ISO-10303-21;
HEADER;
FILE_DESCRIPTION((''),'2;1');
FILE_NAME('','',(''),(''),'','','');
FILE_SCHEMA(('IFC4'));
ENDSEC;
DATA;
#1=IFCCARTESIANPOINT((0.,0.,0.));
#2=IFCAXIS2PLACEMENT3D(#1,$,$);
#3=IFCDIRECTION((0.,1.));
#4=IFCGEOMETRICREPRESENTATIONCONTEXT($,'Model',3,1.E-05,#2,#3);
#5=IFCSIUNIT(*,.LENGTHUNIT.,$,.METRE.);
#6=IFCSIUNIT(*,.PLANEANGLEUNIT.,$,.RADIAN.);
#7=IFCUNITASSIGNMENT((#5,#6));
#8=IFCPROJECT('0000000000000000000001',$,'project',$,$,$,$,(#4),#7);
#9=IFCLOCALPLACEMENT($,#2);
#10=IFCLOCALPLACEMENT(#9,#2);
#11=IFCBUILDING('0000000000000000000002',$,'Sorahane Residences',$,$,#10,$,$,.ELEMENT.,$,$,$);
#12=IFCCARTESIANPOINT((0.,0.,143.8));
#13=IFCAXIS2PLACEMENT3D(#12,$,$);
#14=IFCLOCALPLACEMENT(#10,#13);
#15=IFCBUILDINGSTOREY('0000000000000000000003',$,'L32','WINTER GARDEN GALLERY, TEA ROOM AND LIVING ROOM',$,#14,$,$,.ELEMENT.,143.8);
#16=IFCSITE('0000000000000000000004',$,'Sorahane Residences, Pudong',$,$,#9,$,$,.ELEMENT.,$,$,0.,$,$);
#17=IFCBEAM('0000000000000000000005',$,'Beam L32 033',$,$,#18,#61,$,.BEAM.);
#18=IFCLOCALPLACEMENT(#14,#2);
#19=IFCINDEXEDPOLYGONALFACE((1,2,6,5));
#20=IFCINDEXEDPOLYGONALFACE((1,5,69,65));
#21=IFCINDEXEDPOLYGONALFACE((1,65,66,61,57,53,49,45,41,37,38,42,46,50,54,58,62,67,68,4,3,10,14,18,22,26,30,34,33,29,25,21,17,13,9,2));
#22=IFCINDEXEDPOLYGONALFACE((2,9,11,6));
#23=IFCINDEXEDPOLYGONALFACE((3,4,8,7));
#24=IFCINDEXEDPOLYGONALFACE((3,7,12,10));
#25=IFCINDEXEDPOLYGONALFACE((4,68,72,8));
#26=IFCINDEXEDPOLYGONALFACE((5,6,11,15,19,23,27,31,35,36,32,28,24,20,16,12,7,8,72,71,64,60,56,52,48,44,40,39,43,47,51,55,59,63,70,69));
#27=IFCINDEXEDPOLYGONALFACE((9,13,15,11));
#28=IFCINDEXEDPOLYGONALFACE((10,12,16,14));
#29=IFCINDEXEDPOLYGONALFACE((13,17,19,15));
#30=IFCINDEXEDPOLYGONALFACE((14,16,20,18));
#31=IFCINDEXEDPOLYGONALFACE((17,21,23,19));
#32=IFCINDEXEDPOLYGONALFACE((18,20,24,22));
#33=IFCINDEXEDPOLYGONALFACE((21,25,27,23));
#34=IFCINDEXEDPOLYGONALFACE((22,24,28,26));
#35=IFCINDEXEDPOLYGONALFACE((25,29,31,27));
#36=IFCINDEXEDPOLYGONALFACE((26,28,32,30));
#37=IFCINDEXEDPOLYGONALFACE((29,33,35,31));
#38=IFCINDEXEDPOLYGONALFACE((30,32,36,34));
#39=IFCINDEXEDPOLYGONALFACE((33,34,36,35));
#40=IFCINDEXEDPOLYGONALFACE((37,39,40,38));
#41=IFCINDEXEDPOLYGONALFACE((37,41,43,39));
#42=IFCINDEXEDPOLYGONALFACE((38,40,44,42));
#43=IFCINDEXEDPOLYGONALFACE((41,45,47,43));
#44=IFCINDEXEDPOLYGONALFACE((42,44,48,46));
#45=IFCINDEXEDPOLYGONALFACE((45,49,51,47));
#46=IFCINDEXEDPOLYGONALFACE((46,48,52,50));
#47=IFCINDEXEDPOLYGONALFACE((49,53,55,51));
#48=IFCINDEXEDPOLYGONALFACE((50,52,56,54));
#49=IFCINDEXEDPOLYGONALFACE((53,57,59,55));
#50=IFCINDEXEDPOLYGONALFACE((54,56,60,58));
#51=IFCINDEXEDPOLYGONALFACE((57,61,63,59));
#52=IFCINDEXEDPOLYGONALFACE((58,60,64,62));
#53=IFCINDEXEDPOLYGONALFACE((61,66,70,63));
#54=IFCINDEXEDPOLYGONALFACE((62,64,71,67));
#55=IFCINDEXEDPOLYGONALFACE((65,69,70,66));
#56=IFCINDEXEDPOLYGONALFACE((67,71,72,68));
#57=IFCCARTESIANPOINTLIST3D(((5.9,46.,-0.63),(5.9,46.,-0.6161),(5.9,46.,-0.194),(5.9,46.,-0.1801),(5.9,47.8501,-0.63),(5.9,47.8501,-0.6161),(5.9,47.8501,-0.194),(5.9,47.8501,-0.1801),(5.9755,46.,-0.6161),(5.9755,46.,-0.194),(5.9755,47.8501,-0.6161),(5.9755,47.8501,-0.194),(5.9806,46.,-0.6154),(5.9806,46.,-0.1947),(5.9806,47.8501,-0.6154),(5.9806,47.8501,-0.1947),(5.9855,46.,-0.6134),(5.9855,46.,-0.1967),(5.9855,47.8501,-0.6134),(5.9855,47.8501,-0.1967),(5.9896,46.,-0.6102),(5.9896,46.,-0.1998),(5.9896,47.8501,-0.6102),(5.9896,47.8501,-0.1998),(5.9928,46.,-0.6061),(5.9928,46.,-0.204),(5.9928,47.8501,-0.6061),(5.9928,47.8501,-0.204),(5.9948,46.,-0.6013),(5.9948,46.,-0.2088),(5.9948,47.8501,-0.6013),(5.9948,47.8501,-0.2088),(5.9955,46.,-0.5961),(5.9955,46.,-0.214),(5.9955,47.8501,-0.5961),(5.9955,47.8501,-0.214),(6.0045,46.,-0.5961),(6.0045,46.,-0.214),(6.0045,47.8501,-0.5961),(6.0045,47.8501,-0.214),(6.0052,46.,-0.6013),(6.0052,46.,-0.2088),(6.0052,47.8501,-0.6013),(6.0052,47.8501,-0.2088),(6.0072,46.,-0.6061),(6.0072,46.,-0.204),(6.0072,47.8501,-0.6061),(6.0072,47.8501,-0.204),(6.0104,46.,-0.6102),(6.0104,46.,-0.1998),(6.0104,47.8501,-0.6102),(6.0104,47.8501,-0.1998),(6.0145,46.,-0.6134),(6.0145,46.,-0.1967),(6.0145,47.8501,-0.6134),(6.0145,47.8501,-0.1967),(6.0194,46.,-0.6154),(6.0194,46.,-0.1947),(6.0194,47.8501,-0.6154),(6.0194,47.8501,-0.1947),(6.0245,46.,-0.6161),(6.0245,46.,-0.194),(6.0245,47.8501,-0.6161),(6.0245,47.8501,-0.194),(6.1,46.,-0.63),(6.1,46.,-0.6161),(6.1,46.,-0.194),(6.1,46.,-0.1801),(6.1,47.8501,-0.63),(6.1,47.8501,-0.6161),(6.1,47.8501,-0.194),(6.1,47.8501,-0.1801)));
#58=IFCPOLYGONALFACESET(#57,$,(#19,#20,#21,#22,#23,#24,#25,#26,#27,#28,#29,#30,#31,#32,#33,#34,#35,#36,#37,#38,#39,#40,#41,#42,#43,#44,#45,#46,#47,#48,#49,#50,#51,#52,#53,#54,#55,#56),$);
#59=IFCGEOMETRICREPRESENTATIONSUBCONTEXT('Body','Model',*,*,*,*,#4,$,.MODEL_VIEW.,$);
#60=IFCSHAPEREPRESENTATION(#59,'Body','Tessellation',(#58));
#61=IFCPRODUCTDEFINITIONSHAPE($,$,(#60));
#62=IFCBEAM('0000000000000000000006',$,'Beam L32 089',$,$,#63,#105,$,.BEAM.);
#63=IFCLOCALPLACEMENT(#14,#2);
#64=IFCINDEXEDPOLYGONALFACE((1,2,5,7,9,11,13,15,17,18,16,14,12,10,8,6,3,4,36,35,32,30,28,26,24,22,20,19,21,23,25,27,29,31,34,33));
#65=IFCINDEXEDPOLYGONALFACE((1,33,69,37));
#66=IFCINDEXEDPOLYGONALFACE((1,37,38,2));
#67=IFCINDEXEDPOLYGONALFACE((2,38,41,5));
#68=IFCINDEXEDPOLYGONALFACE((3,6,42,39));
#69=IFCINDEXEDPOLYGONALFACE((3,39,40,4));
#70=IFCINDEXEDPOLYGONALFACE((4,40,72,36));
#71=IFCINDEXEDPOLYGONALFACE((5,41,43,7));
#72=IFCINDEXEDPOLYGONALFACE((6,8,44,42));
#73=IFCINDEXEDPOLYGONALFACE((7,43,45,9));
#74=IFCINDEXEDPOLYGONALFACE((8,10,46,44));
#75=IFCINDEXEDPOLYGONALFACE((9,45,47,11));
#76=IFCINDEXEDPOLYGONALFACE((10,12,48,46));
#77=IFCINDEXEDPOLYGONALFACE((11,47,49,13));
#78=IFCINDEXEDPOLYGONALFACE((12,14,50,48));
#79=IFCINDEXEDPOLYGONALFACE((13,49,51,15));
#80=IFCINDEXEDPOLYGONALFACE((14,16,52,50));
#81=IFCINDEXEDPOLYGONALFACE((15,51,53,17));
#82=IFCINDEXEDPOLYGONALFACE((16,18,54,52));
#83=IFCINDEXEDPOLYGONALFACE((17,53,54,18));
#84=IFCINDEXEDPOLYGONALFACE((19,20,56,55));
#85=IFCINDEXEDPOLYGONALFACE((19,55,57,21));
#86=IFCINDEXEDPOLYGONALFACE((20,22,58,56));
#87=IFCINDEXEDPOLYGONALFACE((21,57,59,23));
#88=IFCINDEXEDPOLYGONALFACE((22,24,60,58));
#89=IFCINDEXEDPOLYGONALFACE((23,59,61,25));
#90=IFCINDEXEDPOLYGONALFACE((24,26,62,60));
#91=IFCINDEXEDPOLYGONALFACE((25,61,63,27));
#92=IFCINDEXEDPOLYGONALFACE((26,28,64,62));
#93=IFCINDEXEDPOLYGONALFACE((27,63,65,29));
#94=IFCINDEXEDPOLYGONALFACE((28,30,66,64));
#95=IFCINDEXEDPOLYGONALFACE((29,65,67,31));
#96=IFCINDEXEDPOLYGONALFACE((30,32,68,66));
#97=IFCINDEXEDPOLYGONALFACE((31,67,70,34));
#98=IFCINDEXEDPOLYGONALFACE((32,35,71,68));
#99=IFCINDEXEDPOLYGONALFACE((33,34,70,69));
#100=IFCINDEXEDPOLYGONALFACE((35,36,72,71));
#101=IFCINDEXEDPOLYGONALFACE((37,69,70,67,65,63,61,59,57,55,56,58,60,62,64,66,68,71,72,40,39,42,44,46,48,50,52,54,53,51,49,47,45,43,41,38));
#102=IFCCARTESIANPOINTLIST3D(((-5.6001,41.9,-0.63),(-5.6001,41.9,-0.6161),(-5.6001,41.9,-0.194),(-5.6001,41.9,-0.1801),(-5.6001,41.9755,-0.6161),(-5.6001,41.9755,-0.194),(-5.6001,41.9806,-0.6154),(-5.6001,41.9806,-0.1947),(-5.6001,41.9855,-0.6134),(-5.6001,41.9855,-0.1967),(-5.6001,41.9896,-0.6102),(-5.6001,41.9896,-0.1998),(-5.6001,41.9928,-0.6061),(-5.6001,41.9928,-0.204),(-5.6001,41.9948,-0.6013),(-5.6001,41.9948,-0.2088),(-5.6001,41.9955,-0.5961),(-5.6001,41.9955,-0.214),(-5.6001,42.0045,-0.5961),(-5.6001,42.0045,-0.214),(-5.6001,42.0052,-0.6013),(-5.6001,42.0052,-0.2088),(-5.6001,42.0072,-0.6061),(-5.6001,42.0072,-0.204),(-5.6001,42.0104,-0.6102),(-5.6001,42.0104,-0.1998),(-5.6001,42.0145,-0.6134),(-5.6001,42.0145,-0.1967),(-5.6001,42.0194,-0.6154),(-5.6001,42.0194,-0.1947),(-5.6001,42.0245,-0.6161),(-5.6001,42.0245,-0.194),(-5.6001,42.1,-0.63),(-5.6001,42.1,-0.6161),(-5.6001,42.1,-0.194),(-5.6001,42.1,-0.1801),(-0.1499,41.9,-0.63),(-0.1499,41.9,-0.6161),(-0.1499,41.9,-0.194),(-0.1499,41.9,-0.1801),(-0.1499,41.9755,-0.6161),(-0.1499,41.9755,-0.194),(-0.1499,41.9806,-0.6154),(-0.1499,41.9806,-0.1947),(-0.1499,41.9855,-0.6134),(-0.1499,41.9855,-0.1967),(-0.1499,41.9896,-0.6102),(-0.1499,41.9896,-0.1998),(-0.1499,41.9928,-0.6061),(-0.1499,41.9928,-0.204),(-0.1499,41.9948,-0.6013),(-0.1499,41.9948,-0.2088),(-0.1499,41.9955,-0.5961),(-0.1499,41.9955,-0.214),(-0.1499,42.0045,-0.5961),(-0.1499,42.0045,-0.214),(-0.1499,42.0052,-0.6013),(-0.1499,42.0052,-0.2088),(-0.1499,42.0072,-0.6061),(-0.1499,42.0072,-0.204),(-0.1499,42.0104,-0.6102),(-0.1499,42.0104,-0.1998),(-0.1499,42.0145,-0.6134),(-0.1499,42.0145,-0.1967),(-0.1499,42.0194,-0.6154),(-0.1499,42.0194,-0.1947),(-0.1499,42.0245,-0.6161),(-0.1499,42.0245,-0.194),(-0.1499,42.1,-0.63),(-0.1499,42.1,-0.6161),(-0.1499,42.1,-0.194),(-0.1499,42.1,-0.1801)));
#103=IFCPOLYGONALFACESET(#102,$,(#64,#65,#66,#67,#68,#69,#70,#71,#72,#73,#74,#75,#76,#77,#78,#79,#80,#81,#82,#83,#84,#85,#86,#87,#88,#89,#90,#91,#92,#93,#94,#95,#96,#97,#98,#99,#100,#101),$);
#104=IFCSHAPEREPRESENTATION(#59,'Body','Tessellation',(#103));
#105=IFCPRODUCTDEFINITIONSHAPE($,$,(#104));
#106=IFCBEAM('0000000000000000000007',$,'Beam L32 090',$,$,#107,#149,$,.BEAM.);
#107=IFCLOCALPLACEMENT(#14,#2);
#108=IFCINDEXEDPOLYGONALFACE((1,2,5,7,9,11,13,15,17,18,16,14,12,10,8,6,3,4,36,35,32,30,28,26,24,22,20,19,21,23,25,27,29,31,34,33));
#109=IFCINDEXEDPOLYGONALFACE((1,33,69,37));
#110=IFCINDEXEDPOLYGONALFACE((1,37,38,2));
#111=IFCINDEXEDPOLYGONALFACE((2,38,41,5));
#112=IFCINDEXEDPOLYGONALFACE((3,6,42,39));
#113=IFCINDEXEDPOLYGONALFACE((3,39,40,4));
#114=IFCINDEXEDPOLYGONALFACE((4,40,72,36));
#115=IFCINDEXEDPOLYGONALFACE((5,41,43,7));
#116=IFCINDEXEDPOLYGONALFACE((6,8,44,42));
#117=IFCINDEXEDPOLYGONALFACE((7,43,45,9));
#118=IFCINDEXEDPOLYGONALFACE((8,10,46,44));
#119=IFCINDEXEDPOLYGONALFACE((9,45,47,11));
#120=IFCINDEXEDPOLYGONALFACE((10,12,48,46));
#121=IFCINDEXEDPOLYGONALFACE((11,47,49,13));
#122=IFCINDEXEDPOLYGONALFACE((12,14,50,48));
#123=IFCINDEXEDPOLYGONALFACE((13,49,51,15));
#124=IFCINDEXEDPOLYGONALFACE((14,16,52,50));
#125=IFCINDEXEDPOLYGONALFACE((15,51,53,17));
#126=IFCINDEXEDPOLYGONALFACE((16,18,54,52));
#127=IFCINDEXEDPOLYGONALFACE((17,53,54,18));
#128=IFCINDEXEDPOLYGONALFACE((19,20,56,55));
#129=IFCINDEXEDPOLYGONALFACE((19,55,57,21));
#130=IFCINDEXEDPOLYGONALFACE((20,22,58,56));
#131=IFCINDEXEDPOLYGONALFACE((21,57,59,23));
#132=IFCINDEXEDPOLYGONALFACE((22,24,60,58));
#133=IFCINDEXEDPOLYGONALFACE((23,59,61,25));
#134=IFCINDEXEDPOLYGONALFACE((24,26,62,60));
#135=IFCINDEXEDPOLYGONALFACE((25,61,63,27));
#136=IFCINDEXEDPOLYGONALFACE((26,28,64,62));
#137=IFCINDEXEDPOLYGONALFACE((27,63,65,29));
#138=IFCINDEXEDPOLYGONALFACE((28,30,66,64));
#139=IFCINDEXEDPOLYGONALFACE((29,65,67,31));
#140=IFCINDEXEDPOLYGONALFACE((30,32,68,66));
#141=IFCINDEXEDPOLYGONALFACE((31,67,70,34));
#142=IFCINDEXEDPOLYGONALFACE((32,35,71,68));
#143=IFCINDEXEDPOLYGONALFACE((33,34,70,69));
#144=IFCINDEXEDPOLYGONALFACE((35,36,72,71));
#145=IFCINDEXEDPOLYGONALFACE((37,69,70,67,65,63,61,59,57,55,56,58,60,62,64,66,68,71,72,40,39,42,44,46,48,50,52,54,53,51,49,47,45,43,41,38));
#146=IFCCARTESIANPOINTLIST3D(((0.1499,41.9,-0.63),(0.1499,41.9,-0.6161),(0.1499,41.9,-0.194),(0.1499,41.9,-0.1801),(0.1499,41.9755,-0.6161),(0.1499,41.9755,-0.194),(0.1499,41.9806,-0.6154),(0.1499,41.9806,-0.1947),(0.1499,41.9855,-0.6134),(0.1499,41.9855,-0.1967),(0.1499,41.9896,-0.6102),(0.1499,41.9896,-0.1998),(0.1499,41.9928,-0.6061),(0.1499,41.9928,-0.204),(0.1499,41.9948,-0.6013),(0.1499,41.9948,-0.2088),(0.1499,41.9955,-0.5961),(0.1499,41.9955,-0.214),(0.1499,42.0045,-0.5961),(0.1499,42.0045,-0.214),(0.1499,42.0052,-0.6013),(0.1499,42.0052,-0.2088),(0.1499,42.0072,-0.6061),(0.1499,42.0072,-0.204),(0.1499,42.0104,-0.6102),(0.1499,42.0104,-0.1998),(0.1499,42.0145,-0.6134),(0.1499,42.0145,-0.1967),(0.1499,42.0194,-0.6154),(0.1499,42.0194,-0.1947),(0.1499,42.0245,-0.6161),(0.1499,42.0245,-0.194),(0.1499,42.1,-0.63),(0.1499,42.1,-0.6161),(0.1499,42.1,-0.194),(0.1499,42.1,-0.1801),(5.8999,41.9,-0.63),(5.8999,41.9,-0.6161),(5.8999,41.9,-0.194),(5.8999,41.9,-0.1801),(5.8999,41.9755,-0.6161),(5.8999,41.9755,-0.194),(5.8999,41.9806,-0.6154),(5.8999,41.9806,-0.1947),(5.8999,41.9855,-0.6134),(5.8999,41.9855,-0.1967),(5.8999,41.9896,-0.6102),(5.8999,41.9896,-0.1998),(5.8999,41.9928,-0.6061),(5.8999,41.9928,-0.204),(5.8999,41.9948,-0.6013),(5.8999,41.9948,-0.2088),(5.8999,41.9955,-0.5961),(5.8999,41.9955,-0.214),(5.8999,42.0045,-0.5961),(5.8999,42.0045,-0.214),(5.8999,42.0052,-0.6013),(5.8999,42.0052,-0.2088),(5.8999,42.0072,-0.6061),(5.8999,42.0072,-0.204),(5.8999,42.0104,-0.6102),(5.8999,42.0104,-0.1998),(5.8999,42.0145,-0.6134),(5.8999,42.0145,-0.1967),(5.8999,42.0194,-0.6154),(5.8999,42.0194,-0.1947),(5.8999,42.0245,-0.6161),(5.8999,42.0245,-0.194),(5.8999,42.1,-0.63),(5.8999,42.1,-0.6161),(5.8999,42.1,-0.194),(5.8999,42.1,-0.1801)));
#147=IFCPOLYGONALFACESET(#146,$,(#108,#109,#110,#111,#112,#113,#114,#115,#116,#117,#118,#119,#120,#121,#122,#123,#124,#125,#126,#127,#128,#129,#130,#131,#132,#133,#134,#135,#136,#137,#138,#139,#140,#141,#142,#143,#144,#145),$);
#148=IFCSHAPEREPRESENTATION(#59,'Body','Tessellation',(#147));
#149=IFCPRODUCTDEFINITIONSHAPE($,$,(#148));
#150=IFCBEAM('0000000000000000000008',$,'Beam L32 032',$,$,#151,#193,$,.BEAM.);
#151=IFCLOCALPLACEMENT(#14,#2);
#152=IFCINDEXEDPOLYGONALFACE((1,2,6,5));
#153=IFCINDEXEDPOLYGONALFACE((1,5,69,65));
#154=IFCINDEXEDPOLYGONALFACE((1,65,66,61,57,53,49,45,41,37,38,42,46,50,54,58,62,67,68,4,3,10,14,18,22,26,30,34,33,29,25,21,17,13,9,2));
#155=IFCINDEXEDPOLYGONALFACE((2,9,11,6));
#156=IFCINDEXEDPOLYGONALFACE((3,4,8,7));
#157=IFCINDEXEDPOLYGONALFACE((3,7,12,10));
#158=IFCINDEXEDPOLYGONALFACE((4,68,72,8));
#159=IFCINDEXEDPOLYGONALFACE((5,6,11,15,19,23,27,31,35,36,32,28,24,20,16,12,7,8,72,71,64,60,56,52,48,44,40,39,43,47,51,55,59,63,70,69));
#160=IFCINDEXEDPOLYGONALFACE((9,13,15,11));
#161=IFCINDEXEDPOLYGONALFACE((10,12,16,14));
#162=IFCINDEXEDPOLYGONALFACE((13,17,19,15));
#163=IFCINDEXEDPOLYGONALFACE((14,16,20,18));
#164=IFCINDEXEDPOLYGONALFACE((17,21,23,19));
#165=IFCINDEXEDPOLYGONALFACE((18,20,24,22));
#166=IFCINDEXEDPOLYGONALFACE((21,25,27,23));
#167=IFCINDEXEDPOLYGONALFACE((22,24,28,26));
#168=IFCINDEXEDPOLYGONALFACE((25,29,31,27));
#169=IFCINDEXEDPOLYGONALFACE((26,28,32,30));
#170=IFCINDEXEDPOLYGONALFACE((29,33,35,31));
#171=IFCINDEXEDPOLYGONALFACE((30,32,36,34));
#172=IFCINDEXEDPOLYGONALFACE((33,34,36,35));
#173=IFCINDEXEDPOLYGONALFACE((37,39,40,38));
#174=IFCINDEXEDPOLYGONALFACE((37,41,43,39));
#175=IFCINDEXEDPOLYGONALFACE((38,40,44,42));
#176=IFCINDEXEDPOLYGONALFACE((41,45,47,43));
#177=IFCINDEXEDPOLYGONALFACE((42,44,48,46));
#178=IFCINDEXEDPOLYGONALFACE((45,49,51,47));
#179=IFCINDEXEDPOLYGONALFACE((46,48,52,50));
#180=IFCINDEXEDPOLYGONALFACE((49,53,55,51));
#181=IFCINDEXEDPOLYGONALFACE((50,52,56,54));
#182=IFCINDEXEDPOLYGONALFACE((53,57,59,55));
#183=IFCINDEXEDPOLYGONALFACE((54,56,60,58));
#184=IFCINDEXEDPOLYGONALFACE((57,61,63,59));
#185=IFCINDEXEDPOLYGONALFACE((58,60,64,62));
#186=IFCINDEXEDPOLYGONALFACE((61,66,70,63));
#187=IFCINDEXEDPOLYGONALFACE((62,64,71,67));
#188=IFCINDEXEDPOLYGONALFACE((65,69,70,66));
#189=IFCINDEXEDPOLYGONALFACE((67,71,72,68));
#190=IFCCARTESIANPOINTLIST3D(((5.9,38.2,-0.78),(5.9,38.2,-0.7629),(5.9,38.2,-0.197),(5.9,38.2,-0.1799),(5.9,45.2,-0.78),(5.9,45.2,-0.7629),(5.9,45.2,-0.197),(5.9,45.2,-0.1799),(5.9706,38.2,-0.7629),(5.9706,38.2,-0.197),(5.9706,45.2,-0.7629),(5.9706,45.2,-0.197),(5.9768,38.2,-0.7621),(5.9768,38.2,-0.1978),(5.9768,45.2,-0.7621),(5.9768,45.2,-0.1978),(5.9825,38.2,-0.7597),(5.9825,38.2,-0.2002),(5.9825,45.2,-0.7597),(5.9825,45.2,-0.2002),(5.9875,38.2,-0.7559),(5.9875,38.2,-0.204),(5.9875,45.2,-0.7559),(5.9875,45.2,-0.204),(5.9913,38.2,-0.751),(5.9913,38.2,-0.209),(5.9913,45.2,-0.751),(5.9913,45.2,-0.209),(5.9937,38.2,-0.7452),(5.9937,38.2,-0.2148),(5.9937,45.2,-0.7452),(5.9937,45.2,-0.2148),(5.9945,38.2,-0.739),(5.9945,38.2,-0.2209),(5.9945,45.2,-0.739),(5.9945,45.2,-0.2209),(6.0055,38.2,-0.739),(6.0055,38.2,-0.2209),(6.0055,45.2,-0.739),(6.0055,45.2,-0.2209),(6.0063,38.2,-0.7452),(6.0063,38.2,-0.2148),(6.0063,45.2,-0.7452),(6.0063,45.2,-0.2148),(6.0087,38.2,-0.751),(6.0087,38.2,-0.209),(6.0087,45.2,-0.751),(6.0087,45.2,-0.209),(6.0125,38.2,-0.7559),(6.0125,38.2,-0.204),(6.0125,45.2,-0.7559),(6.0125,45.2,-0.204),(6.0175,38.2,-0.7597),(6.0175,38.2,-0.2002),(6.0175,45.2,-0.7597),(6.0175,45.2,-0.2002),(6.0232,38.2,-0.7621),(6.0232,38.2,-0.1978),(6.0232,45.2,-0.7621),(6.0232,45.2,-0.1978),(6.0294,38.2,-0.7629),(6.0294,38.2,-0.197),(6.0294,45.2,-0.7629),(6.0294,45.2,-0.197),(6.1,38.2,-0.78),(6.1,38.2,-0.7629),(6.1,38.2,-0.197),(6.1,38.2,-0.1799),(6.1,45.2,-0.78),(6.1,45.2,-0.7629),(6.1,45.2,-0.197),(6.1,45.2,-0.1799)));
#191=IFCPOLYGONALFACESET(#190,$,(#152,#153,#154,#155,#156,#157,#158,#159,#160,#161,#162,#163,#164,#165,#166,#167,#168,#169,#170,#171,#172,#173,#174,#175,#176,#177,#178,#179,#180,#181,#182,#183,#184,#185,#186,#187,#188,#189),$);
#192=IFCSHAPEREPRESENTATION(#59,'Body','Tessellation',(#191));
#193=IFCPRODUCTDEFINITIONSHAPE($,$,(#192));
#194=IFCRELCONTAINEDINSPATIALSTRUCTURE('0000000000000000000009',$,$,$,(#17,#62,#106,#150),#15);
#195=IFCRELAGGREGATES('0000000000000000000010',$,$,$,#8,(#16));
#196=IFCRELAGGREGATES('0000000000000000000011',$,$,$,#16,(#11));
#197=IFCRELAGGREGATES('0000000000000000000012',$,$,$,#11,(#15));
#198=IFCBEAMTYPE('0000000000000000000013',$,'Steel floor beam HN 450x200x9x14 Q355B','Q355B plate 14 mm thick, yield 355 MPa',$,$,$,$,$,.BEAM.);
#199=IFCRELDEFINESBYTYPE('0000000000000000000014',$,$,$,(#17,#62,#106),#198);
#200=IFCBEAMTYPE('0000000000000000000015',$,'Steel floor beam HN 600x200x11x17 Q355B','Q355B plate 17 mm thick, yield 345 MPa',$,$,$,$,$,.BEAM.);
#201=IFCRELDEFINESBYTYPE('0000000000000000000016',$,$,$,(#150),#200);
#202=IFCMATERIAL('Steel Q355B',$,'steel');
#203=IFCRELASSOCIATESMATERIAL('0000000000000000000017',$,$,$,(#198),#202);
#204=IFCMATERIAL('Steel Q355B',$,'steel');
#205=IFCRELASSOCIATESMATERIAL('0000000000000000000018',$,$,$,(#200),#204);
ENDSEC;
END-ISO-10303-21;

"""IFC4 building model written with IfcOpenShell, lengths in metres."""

from ifc_helpers import new_model, si_unit, direction, frame, origin, origin_2d, place, context, subcontext, project, spatial, i_section, extrude, material, material_profile, profile_set, type_object, element, save


model = new_model("IFC4")

# Units and contexts
model_context = context("Model", 3, precision=1e-05, world=origin(), true_north=direction((0.0, 1.0)))
body_context = subcontext(model_context, "Body", "Model", "MODEL_VIEW")
ifc_project = project(units=[si_unit("LENGTHUNIT", "METRE"), si_unit("PLANEANGLEUNIT", "RADIAN")], contexts=[model_context])

# Site, building, storey
site_placement = place(None, origin())
site = spatial("IfcSite", under=ifc_project, at=site_placement, Name="Sorahane Residences, Pudong", CompositionType="ELEMENT", RefElevation=0.0)
building_placement = place(site_placement, origin())
building = spatial("IfcBuilding", under=site, at=building_placement, Name="Sorahane Residences", CompositionType="ELEMENT")
storey_placement = place(building_placement, frame((0.0, 0.0, 143.8)))
storey = spatial("IfcBuildingStorey", under=building, at=storey_placement, Name="L32", Description="WINTER GARDEN GALLERY, TEA ROOM AND LIVING ROOM", CompositionType="ELEMENT", Elevation=143.8)

# Beams
ifc_material_1 = material(Name="Steel Q355B", Category="steel")
ifc_material_profile_1 = material_profile(ifc_material_1, i_section(OverallWidth=0.2, OverallDepth=0.45, WebThickness=0.009, FlangeThickness=0.0139, FilletRadius=0.02, at=origin_2d()), Name="HN 450x200x9x14")
ifc_profile_set_1 = profile_set([ifc_material_profile_1], Name="Steel Q355B")
beam_type_1 = type_object("IfcBeamType", Name="Steel floor beam HN 450x200x9x14 Q355B", Description="Q355B plate 14 mm thick, yield 355 MPa", PredefinedType="BEAM", material=ifc_profile_set_1)
beam_1_placement = place(storey_placement, frame((6.0, 46.0, -0.405), z_axis=(0.0, 1.0, 0.0), x_axis=(-1.0, 0.0, 0.0)))
element("IfcBeam", 1, at=beam_1_placement, inside=storey, type_object=beam_type_1, Name="Beam L32 033", PredefinedType="BEAM", context=body_context, shape_type="SweptSolid", body=[
    extrude(i_section(OverallWidth=0.2, OverallDepth=0.45, WebThickness=0.009, FlangeThickness=0.0139, FilletRadius=0.02, at=origin_2d()), origin(), (0.0, 0.0, 1.0), 1.8501),
])
beam_2_placement = place(storey_placement, frame((-5.6001, 42.0, -0.405), z_axis=(1.0, 0.0, 0.0), x_axis=(0.0, 1.0, 0.0)))
element("IfcBeam", 2, at=beam_2_placement, inside=storey, type_object=beam_type_1, Name="Beam L32 089", PredefinedType="BEAM", context=body_context, shape_type="SweptSolid", body=[
    extrude(i_section(OverallWidth=0.2, OverallDepth=0.45, WebThickness=0.009, FlangeThickness=0.0139, FilletRadius=0.02, at=origin_2d()), origin(), (0.0, 0.0, 1.0), 5.4502),
])
beam_3_placement = place(storey_placement, frame((0.1499, 42.0, -0.405), z_axis=(1.0, 0.0, 0.0), x_axis=(0.0, 1.0, 0.0)))
element("IfcBeam", 3, at=beam_3_placement, inside=storey, type_object=beam_type_1, Name="Beam L32 090", PredefinedType="BEAM", context=body_context, shape_type="SweptSolid", body=[
    extrude(i_section(OverallWidth=0.2, OverallDepth=0.45, WebThickness=0.009, FlangeThickness=0.0139, FilletRadius=0.02, at=origin_2d()), origin(), (0.0, 0.0, 1.0), 5.75),
])
ifc_material_2 = material(Name="Steel Q355B", Category="steel")
ifc_material_profile_2 = material_profile(ifc_material_2, i_section(OverallWidth=0.2, OverallDepth=0.6001, WebThickness=0.011, FlangeThickness=0.0171, FilletRadius=0.0239, at=origin_2d()), Name="HN 600x200x11x17")
ifc_profile_set_2 = profile_set([ifc_material_profile_2], Name="Steel Q355B")
beam_type_2 = type_object("IfcBeamType", Name="Steel floor beam HN 600x200x11x17 Q355B", Description="Q355B plate 17 mm thick, yield 345 MPa", PredefinedType="BEAM", material=ifc_profile_set_2)
beam_4_placement = place(storey_placement, frame((6.0, 38.2, -0.48), z_axis=(0.0, 1.0, 0.0), x_axis=(-1.0, 0.0, 0.0)))
element("IfcBeam", 4, at=beam_4_placement, inside=storey, type_object=beam_type_2, Name="Beam L32 032", PredefinedType="BEAM", context=body_context, shape_type="SweptSolid", body=[
    extrude(i_section(OverallWidth=0.2, OverallDepth=0.6001, WebThickness=0.011, FlangeThickness=0.0171, FilletRadius=0.0239, at=origin_2d()), origin(), (0.0, 0.0, 1.0), 7.0),
])

save(model, "model.ifc")
